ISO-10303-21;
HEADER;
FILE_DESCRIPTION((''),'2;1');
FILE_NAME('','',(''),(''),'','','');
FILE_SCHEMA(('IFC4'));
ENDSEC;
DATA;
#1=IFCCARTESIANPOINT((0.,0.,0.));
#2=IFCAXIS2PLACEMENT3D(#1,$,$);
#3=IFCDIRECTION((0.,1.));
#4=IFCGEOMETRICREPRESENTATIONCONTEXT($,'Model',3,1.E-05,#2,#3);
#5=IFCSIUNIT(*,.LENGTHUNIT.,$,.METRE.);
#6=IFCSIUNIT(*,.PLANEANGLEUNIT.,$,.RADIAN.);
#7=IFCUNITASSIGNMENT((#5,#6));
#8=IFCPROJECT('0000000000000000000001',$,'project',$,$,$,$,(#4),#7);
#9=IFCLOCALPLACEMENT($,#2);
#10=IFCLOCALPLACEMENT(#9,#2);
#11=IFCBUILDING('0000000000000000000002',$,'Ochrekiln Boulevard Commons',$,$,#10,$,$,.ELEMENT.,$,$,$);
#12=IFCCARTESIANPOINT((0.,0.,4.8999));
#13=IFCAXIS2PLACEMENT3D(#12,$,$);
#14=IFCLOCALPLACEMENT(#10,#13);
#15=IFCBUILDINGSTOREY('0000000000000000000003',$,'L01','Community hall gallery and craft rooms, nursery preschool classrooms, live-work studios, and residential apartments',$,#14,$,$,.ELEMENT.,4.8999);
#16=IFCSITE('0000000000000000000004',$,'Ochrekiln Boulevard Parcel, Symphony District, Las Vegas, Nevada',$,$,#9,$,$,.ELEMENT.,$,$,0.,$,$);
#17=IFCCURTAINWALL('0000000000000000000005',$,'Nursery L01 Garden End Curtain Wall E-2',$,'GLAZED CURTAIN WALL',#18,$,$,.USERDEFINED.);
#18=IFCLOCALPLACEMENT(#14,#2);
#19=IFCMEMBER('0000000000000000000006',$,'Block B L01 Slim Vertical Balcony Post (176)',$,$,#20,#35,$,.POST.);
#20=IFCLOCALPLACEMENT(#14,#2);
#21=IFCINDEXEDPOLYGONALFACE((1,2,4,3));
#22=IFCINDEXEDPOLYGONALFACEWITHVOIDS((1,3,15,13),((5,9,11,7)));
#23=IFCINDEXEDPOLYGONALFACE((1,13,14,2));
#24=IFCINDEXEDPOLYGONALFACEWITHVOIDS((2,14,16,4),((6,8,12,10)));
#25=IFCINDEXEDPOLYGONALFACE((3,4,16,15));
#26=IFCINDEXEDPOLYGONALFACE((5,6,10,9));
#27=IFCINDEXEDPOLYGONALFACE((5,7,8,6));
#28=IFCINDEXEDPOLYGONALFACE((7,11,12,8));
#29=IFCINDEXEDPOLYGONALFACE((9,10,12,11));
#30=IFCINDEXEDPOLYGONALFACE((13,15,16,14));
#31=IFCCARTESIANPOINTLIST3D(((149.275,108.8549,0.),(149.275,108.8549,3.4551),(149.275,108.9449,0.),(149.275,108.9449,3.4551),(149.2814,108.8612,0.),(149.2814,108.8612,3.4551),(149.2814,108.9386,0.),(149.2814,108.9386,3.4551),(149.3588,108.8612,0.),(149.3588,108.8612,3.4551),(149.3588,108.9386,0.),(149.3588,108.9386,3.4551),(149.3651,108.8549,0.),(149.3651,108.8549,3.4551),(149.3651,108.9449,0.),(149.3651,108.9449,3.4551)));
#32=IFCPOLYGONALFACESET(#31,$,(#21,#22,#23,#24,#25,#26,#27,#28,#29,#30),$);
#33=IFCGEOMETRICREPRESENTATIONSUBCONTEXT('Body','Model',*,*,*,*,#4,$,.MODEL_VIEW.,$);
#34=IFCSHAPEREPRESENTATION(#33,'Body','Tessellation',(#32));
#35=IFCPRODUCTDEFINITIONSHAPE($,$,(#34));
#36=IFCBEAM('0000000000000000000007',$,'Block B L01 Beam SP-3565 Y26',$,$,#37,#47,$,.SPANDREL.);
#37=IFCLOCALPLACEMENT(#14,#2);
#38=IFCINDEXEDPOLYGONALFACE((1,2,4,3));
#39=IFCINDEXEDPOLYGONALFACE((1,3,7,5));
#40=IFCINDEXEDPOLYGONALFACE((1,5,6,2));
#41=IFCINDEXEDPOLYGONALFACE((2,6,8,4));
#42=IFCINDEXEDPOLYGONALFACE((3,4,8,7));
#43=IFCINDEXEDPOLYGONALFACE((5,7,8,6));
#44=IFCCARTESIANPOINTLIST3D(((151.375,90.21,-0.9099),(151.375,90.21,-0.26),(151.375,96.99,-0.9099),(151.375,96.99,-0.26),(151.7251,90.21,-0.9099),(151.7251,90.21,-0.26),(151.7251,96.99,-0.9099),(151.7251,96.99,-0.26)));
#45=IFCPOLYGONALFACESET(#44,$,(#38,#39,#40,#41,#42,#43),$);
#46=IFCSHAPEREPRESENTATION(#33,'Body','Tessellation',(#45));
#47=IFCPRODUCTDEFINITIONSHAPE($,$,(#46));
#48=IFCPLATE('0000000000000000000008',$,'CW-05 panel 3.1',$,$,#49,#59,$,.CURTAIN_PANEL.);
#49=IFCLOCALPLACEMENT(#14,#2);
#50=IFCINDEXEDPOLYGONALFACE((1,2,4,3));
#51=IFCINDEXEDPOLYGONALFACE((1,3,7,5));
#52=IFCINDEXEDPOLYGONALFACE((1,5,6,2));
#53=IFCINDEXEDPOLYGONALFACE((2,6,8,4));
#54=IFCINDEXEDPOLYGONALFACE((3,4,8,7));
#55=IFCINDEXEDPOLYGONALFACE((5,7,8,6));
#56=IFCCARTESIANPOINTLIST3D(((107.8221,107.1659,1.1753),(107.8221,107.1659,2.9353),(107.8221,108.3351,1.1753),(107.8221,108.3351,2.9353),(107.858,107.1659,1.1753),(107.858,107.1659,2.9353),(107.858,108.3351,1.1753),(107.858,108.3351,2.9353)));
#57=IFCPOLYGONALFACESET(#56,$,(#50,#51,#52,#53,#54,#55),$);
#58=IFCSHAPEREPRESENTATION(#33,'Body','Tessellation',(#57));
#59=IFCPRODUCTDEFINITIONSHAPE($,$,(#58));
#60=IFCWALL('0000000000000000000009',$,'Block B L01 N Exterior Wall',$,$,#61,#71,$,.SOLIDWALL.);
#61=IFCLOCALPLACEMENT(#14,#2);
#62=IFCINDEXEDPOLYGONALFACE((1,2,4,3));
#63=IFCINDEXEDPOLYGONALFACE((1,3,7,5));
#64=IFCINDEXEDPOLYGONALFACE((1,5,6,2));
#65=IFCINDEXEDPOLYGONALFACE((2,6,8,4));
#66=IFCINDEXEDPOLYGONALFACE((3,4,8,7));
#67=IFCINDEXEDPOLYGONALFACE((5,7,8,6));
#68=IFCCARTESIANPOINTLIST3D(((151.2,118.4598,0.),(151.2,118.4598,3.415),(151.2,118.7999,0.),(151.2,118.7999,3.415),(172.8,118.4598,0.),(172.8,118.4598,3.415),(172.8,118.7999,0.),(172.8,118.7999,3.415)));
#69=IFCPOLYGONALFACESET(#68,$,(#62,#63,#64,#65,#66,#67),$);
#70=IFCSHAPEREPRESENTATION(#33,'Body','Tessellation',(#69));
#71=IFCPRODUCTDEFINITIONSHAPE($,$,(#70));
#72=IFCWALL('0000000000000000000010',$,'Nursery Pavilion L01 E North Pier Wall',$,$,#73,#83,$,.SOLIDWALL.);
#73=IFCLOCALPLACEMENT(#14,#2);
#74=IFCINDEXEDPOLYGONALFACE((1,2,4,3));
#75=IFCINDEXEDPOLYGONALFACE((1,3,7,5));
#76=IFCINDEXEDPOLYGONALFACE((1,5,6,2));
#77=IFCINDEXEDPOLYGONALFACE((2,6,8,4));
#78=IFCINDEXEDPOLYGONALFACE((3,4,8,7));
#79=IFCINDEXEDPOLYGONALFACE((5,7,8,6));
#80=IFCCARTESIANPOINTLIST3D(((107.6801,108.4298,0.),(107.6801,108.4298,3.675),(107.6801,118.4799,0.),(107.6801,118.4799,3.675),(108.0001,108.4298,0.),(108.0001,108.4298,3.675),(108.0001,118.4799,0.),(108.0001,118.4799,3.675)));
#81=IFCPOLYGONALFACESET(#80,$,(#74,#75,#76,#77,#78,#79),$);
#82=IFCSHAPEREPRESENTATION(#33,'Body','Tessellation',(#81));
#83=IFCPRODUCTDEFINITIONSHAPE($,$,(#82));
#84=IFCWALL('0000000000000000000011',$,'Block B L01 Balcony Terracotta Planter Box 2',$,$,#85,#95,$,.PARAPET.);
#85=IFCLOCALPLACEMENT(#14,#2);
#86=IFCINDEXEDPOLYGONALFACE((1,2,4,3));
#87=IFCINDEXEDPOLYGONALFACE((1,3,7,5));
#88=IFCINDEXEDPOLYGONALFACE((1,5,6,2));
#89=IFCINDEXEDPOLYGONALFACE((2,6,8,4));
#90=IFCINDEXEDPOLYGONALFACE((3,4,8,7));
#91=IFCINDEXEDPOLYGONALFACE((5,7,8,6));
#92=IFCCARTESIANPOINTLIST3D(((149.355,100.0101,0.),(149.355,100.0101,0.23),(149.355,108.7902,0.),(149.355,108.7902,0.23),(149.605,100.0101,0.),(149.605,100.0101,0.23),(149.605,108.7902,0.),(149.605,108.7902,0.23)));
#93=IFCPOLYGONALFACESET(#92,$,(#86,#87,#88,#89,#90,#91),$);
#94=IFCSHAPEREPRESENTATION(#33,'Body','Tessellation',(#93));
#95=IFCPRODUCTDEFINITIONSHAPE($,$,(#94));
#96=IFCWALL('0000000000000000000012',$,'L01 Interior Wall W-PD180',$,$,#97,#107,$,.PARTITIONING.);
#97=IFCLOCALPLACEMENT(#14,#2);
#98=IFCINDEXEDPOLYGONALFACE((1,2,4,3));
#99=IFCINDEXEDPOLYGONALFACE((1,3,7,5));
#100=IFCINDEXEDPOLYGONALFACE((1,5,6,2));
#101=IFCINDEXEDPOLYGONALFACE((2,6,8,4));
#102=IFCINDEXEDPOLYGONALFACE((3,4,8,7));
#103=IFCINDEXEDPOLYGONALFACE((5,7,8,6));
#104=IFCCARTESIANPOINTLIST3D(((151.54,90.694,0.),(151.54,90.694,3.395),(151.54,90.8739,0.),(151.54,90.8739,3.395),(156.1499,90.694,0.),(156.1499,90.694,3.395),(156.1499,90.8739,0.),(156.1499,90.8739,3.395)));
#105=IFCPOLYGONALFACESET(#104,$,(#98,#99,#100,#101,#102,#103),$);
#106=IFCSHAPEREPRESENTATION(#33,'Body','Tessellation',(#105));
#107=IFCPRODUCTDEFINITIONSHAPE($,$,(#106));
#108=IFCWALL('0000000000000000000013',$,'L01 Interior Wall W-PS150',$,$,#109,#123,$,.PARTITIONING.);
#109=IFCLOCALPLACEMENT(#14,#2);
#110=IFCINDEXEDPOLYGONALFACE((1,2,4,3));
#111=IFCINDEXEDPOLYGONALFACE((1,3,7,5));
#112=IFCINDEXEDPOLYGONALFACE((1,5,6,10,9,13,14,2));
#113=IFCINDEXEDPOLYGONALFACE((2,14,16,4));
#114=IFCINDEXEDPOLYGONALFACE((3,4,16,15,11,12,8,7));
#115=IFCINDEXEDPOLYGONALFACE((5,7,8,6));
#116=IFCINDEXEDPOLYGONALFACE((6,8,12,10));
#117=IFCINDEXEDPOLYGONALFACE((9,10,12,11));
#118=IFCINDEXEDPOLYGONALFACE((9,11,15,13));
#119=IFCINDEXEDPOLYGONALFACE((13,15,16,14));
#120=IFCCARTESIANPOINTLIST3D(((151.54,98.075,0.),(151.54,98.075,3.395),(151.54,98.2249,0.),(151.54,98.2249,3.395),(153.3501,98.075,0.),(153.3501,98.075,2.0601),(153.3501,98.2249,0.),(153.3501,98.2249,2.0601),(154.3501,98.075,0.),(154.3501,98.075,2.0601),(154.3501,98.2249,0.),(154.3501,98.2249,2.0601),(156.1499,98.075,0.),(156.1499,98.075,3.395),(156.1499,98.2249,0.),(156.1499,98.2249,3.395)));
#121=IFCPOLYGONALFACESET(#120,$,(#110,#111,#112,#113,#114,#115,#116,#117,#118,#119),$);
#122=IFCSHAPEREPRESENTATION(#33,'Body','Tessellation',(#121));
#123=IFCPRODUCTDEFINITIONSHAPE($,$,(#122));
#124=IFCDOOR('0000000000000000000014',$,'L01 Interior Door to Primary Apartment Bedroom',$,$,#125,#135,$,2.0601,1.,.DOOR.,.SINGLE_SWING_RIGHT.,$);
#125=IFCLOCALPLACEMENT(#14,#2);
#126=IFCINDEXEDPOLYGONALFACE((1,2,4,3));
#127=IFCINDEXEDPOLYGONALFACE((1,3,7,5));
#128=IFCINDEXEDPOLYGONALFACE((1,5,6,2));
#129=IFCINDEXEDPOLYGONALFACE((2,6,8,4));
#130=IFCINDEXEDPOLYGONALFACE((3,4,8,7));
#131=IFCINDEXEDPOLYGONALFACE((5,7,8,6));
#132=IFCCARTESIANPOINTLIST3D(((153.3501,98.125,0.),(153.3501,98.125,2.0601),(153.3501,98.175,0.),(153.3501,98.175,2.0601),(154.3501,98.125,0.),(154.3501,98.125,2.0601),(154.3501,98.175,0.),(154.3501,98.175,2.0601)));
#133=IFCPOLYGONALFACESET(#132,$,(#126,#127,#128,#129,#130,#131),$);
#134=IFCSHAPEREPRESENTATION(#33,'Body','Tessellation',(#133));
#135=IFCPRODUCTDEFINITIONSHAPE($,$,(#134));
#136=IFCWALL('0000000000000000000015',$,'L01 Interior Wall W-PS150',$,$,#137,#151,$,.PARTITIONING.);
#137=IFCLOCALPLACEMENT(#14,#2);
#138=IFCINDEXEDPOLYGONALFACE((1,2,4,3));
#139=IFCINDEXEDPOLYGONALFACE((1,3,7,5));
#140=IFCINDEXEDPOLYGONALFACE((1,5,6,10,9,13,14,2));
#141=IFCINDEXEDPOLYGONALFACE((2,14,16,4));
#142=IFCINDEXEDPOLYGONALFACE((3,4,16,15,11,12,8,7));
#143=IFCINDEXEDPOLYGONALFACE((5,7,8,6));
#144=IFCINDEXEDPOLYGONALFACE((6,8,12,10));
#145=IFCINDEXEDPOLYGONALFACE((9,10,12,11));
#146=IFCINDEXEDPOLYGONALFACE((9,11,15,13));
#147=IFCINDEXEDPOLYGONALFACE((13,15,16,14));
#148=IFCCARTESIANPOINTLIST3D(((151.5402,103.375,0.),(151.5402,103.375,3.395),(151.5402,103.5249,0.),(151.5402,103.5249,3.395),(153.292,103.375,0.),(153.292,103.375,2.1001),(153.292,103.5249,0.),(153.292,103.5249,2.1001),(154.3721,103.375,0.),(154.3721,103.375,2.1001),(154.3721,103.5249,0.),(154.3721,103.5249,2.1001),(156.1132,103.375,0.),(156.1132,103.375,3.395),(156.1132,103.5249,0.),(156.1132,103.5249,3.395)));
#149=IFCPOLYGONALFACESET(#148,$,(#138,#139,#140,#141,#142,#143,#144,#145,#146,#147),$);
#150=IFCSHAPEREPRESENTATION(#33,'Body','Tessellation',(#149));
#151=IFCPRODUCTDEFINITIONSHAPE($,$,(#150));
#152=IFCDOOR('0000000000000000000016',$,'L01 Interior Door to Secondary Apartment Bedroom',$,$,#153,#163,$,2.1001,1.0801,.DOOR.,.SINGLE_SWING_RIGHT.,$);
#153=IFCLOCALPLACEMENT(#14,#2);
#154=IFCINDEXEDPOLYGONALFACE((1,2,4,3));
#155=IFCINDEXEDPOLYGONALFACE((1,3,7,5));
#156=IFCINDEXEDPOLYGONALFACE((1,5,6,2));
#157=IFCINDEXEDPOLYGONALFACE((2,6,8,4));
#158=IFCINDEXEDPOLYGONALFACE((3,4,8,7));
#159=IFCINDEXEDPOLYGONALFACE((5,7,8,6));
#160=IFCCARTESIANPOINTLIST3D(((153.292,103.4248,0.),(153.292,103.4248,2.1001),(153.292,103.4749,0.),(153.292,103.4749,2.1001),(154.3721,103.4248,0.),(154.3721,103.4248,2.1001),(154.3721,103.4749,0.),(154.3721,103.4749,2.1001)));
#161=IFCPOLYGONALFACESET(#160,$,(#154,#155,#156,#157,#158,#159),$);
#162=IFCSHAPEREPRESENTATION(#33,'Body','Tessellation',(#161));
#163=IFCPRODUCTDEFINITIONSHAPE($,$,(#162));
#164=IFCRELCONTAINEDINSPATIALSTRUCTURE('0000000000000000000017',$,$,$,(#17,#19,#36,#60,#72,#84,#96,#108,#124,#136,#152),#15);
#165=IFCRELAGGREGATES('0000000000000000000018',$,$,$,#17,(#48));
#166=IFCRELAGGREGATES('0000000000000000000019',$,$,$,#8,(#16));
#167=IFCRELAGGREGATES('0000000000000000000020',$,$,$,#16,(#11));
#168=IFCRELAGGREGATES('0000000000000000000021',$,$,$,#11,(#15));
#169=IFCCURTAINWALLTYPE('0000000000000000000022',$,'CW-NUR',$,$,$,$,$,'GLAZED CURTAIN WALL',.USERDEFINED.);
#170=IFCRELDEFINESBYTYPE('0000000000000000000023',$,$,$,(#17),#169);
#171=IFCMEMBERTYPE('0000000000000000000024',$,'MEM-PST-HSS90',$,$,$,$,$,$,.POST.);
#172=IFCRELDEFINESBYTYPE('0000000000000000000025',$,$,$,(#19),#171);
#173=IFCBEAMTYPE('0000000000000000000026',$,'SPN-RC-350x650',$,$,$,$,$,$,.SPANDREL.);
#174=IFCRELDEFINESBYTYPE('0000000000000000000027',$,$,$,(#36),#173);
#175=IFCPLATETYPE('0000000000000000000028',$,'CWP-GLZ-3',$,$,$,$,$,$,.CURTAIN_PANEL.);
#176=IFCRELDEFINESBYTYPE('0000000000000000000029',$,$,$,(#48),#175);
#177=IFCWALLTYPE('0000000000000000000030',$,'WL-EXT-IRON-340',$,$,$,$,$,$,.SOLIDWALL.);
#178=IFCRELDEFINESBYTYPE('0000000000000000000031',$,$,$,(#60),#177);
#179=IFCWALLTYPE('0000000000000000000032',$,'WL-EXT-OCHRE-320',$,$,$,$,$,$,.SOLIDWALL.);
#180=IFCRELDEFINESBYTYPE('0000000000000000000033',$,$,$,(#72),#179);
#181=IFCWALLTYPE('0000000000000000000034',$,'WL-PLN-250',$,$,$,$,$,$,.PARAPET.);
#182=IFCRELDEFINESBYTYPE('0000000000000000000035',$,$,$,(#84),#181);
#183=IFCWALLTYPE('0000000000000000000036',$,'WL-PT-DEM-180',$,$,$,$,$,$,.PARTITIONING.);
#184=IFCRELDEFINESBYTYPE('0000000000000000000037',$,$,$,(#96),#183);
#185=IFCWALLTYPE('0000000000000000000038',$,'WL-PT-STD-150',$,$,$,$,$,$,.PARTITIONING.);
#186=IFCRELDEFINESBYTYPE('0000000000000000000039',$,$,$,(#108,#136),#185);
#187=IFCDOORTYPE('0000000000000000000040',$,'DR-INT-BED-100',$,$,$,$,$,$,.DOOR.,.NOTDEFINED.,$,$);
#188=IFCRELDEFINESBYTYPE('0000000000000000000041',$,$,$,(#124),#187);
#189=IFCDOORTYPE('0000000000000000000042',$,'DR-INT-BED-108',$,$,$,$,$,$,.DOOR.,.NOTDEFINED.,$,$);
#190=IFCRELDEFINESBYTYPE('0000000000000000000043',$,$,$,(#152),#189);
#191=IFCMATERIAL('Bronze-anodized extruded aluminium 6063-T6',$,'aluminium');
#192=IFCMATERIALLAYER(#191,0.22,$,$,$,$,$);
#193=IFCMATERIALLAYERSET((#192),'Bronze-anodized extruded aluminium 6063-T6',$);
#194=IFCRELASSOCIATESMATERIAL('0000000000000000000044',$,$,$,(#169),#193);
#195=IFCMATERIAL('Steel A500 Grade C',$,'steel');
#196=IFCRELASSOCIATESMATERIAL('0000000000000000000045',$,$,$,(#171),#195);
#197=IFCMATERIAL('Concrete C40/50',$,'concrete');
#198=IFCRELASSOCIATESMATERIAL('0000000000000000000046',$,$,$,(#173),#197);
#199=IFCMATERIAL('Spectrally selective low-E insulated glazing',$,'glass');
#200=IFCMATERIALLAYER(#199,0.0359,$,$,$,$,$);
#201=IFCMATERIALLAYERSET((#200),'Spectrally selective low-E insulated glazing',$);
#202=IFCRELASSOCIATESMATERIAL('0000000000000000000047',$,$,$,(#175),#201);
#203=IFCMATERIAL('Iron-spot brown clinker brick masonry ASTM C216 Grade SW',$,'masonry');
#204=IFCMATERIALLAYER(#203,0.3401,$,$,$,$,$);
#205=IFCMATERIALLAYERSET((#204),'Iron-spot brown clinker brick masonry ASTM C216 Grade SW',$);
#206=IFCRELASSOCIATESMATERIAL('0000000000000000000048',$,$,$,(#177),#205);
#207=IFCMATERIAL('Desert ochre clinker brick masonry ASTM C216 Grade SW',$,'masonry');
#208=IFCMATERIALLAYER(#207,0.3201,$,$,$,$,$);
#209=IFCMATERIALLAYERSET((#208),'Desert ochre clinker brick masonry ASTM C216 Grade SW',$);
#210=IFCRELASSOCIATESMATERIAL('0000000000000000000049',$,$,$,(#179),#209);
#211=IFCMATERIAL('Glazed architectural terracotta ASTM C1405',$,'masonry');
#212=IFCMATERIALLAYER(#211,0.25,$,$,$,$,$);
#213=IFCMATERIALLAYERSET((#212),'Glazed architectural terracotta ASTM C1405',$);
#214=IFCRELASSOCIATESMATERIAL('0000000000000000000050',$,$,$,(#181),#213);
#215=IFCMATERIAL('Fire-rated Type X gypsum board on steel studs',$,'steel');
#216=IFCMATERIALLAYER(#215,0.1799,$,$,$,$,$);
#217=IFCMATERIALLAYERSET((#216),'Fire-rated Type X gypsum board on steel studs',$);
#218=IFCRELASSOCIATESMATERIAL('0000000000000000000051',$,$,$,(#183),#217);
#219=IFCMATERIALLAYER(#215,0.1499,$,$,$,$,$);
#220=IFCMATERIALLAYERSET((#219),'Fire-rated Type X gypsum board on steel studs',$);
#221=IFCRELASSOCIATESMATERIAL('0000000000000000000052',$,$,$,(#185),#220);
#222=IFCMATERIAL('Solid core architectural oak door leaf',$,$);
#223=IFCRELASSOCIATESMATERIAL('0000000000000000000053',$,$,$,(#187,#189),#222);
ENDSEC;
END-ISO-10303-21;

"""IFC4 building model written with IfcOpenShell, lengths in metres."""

from ifc_helpers import new_model, si_unit, direction, frame, frame_2d, origin, origin_2d, place, context, subcontext, project, spatial, rectangle, hollow_rectangle, extrude, material, layer, layer_set, material_profile, profile_set, type_object, element, fill, aggregate, save


model = new_model("IFC4")

# Units and contexts
model_context = context("Model", 3, precision=1e-05, world=origin(), true_north=direction((0.0, 1.0)))
body_context = subcontext(model_context, "Body", "Model", "MODEL_VIEW")
ifc_project = project(units=[si_unit("LENGTHUNIT", "METRE"), si_unit("PLANEANGLEUNIT", "RADIAN")], contexts=[model_context])

# Site, building, storey
site_placement = place(None, origin())
site = spatial("IfcSite", under=ifc_project, at=site_placement, Name="Ochrekiln Boulevard Parcel, Symphony District, Las Vegas, Nevada", CompositionType="ELEMENT", RefElevation=0.0)
building_placement = place(site_placement, origin())
building = spatial("IfcBuilding", under=site, at=building_placement, Name="Ochrekiln Boulevard Commons", CompositionType="ELEMENT")
storey_placement = place(building_placement, frame((0.0, 0.0, 4.8999)))
storey = spatial("IfcBuildingStorey", under=building, at=storey_placement, Name="L01", Description="Community hall gallery and craft rooms, nursery preschool classrooms, live-work studios, and residential apartments", CompositionType="ELEMENT", Elevation=4.8999)

# Shared definitions
ifc_material_1 = material(Name="Concrete C40/50", Category="concrete")

# Curtain wall
ifc_material_2 = material(Name="Bronze-anodized extruded aluminium 6063-T6", Category="aluminium")
ifc_layer_1 = layer(ifc_material_2, 0.22)
ifc_layer_set_1 = layer_set([ifc_layer_1], Name="Bronze-anodized extruded aluminium 6063-T6")
curtain_wall_type = type_object("IfcCurtainWallType", Name="CW-NUR", ElementType="GLAZED CURTAIN WALL", PredefinedType="USERDEFINED", material=ifc_layer_set_1)
curtain_wall_placement = place(storey_placement, origin())
curtain_wall = element("IfcCurtainWall", 1, at=curtain_wall_placement, inside=storey, type_object=curtain_wall_type, Name="Nursery L01 Garden End Curtain Wall E-2", ObjectType="GLAZED CURTAIN WALL", PredefinedType="USERDEFINED")

# Member
ifc_material_3 = material(Name="Steel A500 Grade C", Category="steel")
ifc_material_profile_1 = material_profile(ifc_material_3, hollow_rectangle(XDim=0.0901, YDim=0.0901, WallThickness=0.0063, at=origin_2d()), Name="HSS90X90X6.4")
ifc_profile_set_1 = profile_set([ifc_material_profile_1], Name="Steel A500 Grade C")
member_type_1 = type_object("IfcMemberType", Name="MEM-PST-HSS90", PredefinedType="POST", material=ifc_profile_set_1)
for number, where, z_axis, x_axis, name in (
    (2, (149.3201, 108.8999, 0.0), (0.0, 0.0, 1.0), (1.0, 0.0, 0.0), "Block B L01 Slim Vertical Balcony Post (176)"),
):
    element("IfcMember", number, at=place(storey_placement, frame(where, z_axis=z_axis, x_axis=x_axis)), inside=storey, type_object=member_type_1, Name=name, PredefinedType="POST", context=body_context, shape_type="SweptSolid", body=[
        extrude(hollow_rectangle(XDim=0.0901, YDim=0.0901, WallThickness=0.0063, at=origin_2d()), origin(), (0.0, 0.0, 1.0), 3.4551),
    ])

# Beam
ifc_material_profile_2 = material_profile(ifc_material_1, rectangle(XDim=0.3501, YDim=0.6499, at=origin_2d()), Name="RC-SPN-350x650")
ifc_profile_set_2 = profile_set([ifc_material_profile_2], Name="Concrete C40/50")
beam_type = type_object("IfcBeamType", Name="SPN-RC-350x650", PredefinedType="SPANDREL", material=ifc_profile_set_2)
beam_placement = place(storey_placement, frame((151.55, 90.21, -0.585), z_axis=(0.0, 1.0, 0.0), x_axis=(-1.0, 0.0, 0.0)))
element("IfcBeam", 3, at=beam_placement, inside=storey, type_object=beam_type, Name="Block B L01 Beam SP-3565 Y26", PredefinedType="SPANDREL", context=body_context, shape_type="SweptSolid", body=[
    extrude(rectangle(XDim=0.3501, YDim=0.6499, at=origin_2d()), origin(), (0.0, 0.0, 1.0), 6.78),
])

# Plate
ifc_material_4 = material(Name="Spectrally selective low-E insulated glazing", Category="glass")
ifc_layer_2 = layer(ifc_material_4, 0.0359)
ifc_layer_set_2 = layer_set([ifc_layer_2], Name="Spectrally selective low-E insulated glazing")
plate_type = type_object("IfcPlateType", Name="CWP-GLZ-3", PredefinedType="CURTAIN_PANEL", material=ifc_layer_set_2)
plate_placement = place(storey_placement, frame((107.8401, 107.7505, 1.1753), z_axis=(0.0, 0.0, 1.0), x_axis=(0.0, 1.0, 0.0)))
plate = element("IfcPlate", 4, at=plate_placement, type_object=plate_type, Name="CW-05 panel 3.1", PredefinedType="CURTAIN_PANEL", context=body_context, shape_type="SweptSolid", body=[
    extrude(rectangle(XDim=1.1692, YDim=0.0359, at=origin_2d()), origin(), (0.0, 0.0, 1.0), 1.76),
])
aggregate(curtain_wall, [plate])

# Walls
ifc_material_5 = material(Name="Iron-spot brown clinker brick masonry ASTM C216 Grade SW", Category="masonry")
ifc_layer_3 = layer(ifc_material_5, 0.3401)
ifc_layer_set_3 = layer_set([ifc_layer_3], Name="Iron-spot brown clinker brick masonry ASTM C216 Grade SW")
wall_type_1 = type_object("IfcWallType", Name="WL-EXT-IRON-340", PredefinedType="SOLIDWALL", material=ifc_layer_set_3)
wall_1_placement = place(storey_placement, frame((151.2, 118.6299, 0.0), z_axis=(0.0, 0.0, 1.0), x_axis=(1.0, 0.0, 0.0)))
element("IfcWall", 5, at=wall_1_placement, inside=storey, type_object=wall_type_1, Name="Block B L01 N Exterior Wall", PredefinedType="SOLIDWALL", context=body_context, shape_type="SweptSolid", body=[
    extrude(rectangle(XDim=21.6001, YDim=0.3401, at=frame_2d((10.8, 0.0))), origin(), (0.0, 0.0, 1.0), 3.415),
])
ifc_material_6 = material(Name="Desert ochre clinker brick masonry ASTM C216 Grade SW", Category="masonry")
ifc_layer_4 = layer(ifc_material_6, 0.3201)
ifc_layer_set_4 = layer_set([ifc_layer_4], Name="Desert ochre clinker brick masonry ASTM C216 Grade SW")
wall_type_2 = type_object("IfcWallType", Name="WL-EXT-OCHRE-320", PredefinedType="SOLIDWALL", material=ifc_layer_set_4)
wall_2_placement = place(storey_placement, frame((107.8401, 108.4299, 0.0), z_axis=(0.0, 0.0, 1.0), x_axis=(0.0, 1.0, 0.0)))
element("IfcWall", 6, at=wall_2_placement, inside=storey, type_object=wall_type_2, Name="Nursery Pavilion L01 E North Pier Wall", PredefinedType="SOLIDWALL", context=body_context, shape_type="SweptSolid", body=[
    extrude(rectangle(XDim=10.05, YDim=0.3201, at=frame_2d((5.0249, 0.0))), origin(), (0.0, 0.0, 1.0), 3.675),
])
ifc_material_7 = material(Name="Glazed architectural terracotta ASTM C1405", Category="masonry")
ifc_layer_5 = layer(ifc_material_7, 0.25)
ifc_layer_set_5 = layer_set([ifc_layer_5], Name="Glazed architectural terracotta ASTM C1405")
wall_type_3 = type_object("IfcWallType", Name="WL-PLN-250", PredefinedType="PARAPET", material=ifc_layer_set_5)
wall_3_placement = place(storey_placement, frame((149.48, 100.01, 0.0), z_axis=(0.0, 0.0, 1.0), x_axis=(0.0, 1.0, 0.0)))
element("IfcWall", 7, at=wall_3_placement, inside=storey, type_object=wall_type_3, Name="Block B L01 Balcony Terracotta Planter Box 2", PredefinedType="PARAPET", context=body_context, shape_type="SweptSolid", body=[
    extrude(rectangle(XDim=8.78, YDim=0.25, at=frame_2d((4.3901, 0.0))), origin(), (0.0, 0.0, 1.0), 0.23),
])
ifc_material_8 = material(Name="Fire-rated Type X gypsum board on steel studs", Category="steel")
ifc_layer_6 = layer(ifc_material_8, 0.1799)
ifc_layer_set_6 = layer_set([ifc_layer_6], Name="Fire-rated Type X gypsum board on steel studs")
wall_type_4 = type_object("IfcWallType", Name="WL-PT-DEM-180", PredefinedType="PARTITIONING", material=ifc_layer_set_6)
wall_4_placement = place(storey_placement, frame((151.54, 90.7839, 0.0), z_axis=(0.0, 0.0, 1.0), x_axis=(1.0, 0.0, 0.0)))
element("IfcWall", 8, at=wall_4_placement, inside=storey, type_object=wall_type_4, Name="L01 Interior Wall W-PD180", PredefinedType="PARTITIONING", context=body_context, shape_type="SweptSolid", body=[
    extrude(rectangle(XDim=4.6099, YDim=0.1799, at=frame_2d((2.3049, 0.0))), origin(), (0.0, 0.0, 1.0), 3.395),
])

# Walls, openings, doors
ifc_layer_7 = layer(ifc_material_8, 0.1499)
ifc_layer_set_7 = layer_set([ifc_layer_7], Name="Fire-rated Type X gypsum board on steel studs")
wall_type_5 = type_object("IfcWallType", Name="WL-PT-STD-150", PredefinedType="PARTITIONING", material=ifc_layer_set_7)
wall_5_placement = place(storey_placement, frame((151.54, 98.1499, 0.0), z_axis=(0.0, 0.0, 1.0), x_axis=(1.0, 0.0, 0.0)))
wall_5 = element("IfcWall", 9, at=wall_5_placement, inside=storey, type_object=wall_type_5, Name="L01 Interior Wall W-PS150", PredefinedType="PARTITIONING", context=body_context, shape_type="SweptSolid", body=[
    extrude(rectangle(XDim=4.6099, YDim=0.1499, at=frame_2d((2.3049, 0.0))), origin(), (0.0, 0.0, 1.0), 3.395),
])
opening_1_placement = place(wall_5_placement, frame((1.8101, 0.0, 0.0)))
opening_1 = element("IfcOpeningElement", 10, at=opening_1_placement, cuts=wall_5, PredefinedType="OPENING", context=body_context, shape_type="SweptSolid", body=[
    extrude(rectangle(XDim=1.0, YDim=2.0601, at=frame_2d((0.5, 1.03))), frame((0.0, 0.085, 0.0), z_axis=(0.0, -1.0, 0.0), x_axis=(1.0, 0.0, 0.0)), (0.0, 0.0, 1.0), 0.1699),
])
ifc_material_9 = material(Name="Solid core architectural oak door leaf")
door_type_1 = type_object("IfcDoorType", Name="DR-INT-BED-100", OperationType="NOTDEFINED", PredefinedType="DOOR", material=ifc_material_9)
door_1_placement = place(opening_1_placement, frame((1.0, 0.0, 0.0), z_axis=(0.0, 0.0, 1.0), x_axis=(-1.0, 0.0, 0.0)))
door_1 = element("IfcDoor", 11, at=door_1_placement, inside=storey, type_object=door_type_1, Name="L01 Interior Door to Primary Apartment Bedroom", OperationType="SINGLE_SWING_RIGHT", OverallHeight=2.0601, OverallWidth=1.0, PredefinedType="DOOR", context=body_context, shape_type="SweptSolid", body=[
    extrude(rectangle(XDim=1.0, YDim=2.0601, at=frame_2d((0.5, 1.03))), frame((0.0, 0.0249, 0.0), z_axis=(0.0, -1.0, 0.0), x_axis=(1.0, 0.0, 0.0)), (0.0, 0.0, 1.0), 0.05),
])
fill(opening_1, door_1)
wall_6_placement = place(storey_placement, frame((151.54, 103.45, 0.0), z_axis=(0.0, 0.0, 1.0), x_axis=(1.0, 0.0, 0.0)))
wall_6 = element("IfcWall", 12, at=wall_6_placement, inside=storey, type_object=wall_type_5, Name="L01 Interior Wall W-PS150", PredefinedType="PARTITIONING", context=body_context, shape_type="SweptSolid", body=[
    extrude(rectangle(XDim=4.573, YDim=0.1499, at=frame_2d((2.2866, 0.0))), origin(), (0.0, 0.0, 1.0), 3.395),
])
opening_2_placement = place(wall_6_placement, frame((1.752, 0.0, 0.0)))
opening_2 = element("IfcOpeningElement", 13, at=opening_2_placement, cuts=wall_6, PredefinedType="OPENING", context=body_context, shape_type="SweptSolid", body=[
    extrude(rectangle(XDim=1.0801, YDim=2.1001, at=frame_2d((0.54, 1.05))), frame((0.0, 0.085, 0.0), z_axis=(0.0, -1.0, 0.0), x_axis=(1.0, 0.0, 0.0)), (0.0, 0.0, 1.0), 0.1699),
])
door_type_2 = type_object("IfcDoorType", Name="DR-INT-BED-108", OperationType="NOTDEFINED", PredefinedType="DOOR", material=ifc_material_9)
door_2_placement = place(opening_2_placement, origin())
door_2 = element("IfcDoor", 14, at=door_2_placement, inside=storey, type_object=door_type_2, Name="L01 Interior Door to Secondary Apartment Bedroom", OperationType="SINGLE_SWING_RIGHT", OverallHeight=2.1001, OverallWidth=1.0801, PredefinedType="DOOR", context=body_context, shape_type="SweptSolid", body=[
    extrude(rectangle(XDim=1.0801, YDim=2.1001, at=frame_2d((0.54, 1.05))), frame((0.0, 0.0249, 0.0), z_axis=(0.0, -1.0, 0.0), x_axis=(1.0, 0.0, 0.0)), (0.0, 0.0, 1.0), 0.05),
])
fill(opening_2, door_2)

save(model, "model.ifc")
